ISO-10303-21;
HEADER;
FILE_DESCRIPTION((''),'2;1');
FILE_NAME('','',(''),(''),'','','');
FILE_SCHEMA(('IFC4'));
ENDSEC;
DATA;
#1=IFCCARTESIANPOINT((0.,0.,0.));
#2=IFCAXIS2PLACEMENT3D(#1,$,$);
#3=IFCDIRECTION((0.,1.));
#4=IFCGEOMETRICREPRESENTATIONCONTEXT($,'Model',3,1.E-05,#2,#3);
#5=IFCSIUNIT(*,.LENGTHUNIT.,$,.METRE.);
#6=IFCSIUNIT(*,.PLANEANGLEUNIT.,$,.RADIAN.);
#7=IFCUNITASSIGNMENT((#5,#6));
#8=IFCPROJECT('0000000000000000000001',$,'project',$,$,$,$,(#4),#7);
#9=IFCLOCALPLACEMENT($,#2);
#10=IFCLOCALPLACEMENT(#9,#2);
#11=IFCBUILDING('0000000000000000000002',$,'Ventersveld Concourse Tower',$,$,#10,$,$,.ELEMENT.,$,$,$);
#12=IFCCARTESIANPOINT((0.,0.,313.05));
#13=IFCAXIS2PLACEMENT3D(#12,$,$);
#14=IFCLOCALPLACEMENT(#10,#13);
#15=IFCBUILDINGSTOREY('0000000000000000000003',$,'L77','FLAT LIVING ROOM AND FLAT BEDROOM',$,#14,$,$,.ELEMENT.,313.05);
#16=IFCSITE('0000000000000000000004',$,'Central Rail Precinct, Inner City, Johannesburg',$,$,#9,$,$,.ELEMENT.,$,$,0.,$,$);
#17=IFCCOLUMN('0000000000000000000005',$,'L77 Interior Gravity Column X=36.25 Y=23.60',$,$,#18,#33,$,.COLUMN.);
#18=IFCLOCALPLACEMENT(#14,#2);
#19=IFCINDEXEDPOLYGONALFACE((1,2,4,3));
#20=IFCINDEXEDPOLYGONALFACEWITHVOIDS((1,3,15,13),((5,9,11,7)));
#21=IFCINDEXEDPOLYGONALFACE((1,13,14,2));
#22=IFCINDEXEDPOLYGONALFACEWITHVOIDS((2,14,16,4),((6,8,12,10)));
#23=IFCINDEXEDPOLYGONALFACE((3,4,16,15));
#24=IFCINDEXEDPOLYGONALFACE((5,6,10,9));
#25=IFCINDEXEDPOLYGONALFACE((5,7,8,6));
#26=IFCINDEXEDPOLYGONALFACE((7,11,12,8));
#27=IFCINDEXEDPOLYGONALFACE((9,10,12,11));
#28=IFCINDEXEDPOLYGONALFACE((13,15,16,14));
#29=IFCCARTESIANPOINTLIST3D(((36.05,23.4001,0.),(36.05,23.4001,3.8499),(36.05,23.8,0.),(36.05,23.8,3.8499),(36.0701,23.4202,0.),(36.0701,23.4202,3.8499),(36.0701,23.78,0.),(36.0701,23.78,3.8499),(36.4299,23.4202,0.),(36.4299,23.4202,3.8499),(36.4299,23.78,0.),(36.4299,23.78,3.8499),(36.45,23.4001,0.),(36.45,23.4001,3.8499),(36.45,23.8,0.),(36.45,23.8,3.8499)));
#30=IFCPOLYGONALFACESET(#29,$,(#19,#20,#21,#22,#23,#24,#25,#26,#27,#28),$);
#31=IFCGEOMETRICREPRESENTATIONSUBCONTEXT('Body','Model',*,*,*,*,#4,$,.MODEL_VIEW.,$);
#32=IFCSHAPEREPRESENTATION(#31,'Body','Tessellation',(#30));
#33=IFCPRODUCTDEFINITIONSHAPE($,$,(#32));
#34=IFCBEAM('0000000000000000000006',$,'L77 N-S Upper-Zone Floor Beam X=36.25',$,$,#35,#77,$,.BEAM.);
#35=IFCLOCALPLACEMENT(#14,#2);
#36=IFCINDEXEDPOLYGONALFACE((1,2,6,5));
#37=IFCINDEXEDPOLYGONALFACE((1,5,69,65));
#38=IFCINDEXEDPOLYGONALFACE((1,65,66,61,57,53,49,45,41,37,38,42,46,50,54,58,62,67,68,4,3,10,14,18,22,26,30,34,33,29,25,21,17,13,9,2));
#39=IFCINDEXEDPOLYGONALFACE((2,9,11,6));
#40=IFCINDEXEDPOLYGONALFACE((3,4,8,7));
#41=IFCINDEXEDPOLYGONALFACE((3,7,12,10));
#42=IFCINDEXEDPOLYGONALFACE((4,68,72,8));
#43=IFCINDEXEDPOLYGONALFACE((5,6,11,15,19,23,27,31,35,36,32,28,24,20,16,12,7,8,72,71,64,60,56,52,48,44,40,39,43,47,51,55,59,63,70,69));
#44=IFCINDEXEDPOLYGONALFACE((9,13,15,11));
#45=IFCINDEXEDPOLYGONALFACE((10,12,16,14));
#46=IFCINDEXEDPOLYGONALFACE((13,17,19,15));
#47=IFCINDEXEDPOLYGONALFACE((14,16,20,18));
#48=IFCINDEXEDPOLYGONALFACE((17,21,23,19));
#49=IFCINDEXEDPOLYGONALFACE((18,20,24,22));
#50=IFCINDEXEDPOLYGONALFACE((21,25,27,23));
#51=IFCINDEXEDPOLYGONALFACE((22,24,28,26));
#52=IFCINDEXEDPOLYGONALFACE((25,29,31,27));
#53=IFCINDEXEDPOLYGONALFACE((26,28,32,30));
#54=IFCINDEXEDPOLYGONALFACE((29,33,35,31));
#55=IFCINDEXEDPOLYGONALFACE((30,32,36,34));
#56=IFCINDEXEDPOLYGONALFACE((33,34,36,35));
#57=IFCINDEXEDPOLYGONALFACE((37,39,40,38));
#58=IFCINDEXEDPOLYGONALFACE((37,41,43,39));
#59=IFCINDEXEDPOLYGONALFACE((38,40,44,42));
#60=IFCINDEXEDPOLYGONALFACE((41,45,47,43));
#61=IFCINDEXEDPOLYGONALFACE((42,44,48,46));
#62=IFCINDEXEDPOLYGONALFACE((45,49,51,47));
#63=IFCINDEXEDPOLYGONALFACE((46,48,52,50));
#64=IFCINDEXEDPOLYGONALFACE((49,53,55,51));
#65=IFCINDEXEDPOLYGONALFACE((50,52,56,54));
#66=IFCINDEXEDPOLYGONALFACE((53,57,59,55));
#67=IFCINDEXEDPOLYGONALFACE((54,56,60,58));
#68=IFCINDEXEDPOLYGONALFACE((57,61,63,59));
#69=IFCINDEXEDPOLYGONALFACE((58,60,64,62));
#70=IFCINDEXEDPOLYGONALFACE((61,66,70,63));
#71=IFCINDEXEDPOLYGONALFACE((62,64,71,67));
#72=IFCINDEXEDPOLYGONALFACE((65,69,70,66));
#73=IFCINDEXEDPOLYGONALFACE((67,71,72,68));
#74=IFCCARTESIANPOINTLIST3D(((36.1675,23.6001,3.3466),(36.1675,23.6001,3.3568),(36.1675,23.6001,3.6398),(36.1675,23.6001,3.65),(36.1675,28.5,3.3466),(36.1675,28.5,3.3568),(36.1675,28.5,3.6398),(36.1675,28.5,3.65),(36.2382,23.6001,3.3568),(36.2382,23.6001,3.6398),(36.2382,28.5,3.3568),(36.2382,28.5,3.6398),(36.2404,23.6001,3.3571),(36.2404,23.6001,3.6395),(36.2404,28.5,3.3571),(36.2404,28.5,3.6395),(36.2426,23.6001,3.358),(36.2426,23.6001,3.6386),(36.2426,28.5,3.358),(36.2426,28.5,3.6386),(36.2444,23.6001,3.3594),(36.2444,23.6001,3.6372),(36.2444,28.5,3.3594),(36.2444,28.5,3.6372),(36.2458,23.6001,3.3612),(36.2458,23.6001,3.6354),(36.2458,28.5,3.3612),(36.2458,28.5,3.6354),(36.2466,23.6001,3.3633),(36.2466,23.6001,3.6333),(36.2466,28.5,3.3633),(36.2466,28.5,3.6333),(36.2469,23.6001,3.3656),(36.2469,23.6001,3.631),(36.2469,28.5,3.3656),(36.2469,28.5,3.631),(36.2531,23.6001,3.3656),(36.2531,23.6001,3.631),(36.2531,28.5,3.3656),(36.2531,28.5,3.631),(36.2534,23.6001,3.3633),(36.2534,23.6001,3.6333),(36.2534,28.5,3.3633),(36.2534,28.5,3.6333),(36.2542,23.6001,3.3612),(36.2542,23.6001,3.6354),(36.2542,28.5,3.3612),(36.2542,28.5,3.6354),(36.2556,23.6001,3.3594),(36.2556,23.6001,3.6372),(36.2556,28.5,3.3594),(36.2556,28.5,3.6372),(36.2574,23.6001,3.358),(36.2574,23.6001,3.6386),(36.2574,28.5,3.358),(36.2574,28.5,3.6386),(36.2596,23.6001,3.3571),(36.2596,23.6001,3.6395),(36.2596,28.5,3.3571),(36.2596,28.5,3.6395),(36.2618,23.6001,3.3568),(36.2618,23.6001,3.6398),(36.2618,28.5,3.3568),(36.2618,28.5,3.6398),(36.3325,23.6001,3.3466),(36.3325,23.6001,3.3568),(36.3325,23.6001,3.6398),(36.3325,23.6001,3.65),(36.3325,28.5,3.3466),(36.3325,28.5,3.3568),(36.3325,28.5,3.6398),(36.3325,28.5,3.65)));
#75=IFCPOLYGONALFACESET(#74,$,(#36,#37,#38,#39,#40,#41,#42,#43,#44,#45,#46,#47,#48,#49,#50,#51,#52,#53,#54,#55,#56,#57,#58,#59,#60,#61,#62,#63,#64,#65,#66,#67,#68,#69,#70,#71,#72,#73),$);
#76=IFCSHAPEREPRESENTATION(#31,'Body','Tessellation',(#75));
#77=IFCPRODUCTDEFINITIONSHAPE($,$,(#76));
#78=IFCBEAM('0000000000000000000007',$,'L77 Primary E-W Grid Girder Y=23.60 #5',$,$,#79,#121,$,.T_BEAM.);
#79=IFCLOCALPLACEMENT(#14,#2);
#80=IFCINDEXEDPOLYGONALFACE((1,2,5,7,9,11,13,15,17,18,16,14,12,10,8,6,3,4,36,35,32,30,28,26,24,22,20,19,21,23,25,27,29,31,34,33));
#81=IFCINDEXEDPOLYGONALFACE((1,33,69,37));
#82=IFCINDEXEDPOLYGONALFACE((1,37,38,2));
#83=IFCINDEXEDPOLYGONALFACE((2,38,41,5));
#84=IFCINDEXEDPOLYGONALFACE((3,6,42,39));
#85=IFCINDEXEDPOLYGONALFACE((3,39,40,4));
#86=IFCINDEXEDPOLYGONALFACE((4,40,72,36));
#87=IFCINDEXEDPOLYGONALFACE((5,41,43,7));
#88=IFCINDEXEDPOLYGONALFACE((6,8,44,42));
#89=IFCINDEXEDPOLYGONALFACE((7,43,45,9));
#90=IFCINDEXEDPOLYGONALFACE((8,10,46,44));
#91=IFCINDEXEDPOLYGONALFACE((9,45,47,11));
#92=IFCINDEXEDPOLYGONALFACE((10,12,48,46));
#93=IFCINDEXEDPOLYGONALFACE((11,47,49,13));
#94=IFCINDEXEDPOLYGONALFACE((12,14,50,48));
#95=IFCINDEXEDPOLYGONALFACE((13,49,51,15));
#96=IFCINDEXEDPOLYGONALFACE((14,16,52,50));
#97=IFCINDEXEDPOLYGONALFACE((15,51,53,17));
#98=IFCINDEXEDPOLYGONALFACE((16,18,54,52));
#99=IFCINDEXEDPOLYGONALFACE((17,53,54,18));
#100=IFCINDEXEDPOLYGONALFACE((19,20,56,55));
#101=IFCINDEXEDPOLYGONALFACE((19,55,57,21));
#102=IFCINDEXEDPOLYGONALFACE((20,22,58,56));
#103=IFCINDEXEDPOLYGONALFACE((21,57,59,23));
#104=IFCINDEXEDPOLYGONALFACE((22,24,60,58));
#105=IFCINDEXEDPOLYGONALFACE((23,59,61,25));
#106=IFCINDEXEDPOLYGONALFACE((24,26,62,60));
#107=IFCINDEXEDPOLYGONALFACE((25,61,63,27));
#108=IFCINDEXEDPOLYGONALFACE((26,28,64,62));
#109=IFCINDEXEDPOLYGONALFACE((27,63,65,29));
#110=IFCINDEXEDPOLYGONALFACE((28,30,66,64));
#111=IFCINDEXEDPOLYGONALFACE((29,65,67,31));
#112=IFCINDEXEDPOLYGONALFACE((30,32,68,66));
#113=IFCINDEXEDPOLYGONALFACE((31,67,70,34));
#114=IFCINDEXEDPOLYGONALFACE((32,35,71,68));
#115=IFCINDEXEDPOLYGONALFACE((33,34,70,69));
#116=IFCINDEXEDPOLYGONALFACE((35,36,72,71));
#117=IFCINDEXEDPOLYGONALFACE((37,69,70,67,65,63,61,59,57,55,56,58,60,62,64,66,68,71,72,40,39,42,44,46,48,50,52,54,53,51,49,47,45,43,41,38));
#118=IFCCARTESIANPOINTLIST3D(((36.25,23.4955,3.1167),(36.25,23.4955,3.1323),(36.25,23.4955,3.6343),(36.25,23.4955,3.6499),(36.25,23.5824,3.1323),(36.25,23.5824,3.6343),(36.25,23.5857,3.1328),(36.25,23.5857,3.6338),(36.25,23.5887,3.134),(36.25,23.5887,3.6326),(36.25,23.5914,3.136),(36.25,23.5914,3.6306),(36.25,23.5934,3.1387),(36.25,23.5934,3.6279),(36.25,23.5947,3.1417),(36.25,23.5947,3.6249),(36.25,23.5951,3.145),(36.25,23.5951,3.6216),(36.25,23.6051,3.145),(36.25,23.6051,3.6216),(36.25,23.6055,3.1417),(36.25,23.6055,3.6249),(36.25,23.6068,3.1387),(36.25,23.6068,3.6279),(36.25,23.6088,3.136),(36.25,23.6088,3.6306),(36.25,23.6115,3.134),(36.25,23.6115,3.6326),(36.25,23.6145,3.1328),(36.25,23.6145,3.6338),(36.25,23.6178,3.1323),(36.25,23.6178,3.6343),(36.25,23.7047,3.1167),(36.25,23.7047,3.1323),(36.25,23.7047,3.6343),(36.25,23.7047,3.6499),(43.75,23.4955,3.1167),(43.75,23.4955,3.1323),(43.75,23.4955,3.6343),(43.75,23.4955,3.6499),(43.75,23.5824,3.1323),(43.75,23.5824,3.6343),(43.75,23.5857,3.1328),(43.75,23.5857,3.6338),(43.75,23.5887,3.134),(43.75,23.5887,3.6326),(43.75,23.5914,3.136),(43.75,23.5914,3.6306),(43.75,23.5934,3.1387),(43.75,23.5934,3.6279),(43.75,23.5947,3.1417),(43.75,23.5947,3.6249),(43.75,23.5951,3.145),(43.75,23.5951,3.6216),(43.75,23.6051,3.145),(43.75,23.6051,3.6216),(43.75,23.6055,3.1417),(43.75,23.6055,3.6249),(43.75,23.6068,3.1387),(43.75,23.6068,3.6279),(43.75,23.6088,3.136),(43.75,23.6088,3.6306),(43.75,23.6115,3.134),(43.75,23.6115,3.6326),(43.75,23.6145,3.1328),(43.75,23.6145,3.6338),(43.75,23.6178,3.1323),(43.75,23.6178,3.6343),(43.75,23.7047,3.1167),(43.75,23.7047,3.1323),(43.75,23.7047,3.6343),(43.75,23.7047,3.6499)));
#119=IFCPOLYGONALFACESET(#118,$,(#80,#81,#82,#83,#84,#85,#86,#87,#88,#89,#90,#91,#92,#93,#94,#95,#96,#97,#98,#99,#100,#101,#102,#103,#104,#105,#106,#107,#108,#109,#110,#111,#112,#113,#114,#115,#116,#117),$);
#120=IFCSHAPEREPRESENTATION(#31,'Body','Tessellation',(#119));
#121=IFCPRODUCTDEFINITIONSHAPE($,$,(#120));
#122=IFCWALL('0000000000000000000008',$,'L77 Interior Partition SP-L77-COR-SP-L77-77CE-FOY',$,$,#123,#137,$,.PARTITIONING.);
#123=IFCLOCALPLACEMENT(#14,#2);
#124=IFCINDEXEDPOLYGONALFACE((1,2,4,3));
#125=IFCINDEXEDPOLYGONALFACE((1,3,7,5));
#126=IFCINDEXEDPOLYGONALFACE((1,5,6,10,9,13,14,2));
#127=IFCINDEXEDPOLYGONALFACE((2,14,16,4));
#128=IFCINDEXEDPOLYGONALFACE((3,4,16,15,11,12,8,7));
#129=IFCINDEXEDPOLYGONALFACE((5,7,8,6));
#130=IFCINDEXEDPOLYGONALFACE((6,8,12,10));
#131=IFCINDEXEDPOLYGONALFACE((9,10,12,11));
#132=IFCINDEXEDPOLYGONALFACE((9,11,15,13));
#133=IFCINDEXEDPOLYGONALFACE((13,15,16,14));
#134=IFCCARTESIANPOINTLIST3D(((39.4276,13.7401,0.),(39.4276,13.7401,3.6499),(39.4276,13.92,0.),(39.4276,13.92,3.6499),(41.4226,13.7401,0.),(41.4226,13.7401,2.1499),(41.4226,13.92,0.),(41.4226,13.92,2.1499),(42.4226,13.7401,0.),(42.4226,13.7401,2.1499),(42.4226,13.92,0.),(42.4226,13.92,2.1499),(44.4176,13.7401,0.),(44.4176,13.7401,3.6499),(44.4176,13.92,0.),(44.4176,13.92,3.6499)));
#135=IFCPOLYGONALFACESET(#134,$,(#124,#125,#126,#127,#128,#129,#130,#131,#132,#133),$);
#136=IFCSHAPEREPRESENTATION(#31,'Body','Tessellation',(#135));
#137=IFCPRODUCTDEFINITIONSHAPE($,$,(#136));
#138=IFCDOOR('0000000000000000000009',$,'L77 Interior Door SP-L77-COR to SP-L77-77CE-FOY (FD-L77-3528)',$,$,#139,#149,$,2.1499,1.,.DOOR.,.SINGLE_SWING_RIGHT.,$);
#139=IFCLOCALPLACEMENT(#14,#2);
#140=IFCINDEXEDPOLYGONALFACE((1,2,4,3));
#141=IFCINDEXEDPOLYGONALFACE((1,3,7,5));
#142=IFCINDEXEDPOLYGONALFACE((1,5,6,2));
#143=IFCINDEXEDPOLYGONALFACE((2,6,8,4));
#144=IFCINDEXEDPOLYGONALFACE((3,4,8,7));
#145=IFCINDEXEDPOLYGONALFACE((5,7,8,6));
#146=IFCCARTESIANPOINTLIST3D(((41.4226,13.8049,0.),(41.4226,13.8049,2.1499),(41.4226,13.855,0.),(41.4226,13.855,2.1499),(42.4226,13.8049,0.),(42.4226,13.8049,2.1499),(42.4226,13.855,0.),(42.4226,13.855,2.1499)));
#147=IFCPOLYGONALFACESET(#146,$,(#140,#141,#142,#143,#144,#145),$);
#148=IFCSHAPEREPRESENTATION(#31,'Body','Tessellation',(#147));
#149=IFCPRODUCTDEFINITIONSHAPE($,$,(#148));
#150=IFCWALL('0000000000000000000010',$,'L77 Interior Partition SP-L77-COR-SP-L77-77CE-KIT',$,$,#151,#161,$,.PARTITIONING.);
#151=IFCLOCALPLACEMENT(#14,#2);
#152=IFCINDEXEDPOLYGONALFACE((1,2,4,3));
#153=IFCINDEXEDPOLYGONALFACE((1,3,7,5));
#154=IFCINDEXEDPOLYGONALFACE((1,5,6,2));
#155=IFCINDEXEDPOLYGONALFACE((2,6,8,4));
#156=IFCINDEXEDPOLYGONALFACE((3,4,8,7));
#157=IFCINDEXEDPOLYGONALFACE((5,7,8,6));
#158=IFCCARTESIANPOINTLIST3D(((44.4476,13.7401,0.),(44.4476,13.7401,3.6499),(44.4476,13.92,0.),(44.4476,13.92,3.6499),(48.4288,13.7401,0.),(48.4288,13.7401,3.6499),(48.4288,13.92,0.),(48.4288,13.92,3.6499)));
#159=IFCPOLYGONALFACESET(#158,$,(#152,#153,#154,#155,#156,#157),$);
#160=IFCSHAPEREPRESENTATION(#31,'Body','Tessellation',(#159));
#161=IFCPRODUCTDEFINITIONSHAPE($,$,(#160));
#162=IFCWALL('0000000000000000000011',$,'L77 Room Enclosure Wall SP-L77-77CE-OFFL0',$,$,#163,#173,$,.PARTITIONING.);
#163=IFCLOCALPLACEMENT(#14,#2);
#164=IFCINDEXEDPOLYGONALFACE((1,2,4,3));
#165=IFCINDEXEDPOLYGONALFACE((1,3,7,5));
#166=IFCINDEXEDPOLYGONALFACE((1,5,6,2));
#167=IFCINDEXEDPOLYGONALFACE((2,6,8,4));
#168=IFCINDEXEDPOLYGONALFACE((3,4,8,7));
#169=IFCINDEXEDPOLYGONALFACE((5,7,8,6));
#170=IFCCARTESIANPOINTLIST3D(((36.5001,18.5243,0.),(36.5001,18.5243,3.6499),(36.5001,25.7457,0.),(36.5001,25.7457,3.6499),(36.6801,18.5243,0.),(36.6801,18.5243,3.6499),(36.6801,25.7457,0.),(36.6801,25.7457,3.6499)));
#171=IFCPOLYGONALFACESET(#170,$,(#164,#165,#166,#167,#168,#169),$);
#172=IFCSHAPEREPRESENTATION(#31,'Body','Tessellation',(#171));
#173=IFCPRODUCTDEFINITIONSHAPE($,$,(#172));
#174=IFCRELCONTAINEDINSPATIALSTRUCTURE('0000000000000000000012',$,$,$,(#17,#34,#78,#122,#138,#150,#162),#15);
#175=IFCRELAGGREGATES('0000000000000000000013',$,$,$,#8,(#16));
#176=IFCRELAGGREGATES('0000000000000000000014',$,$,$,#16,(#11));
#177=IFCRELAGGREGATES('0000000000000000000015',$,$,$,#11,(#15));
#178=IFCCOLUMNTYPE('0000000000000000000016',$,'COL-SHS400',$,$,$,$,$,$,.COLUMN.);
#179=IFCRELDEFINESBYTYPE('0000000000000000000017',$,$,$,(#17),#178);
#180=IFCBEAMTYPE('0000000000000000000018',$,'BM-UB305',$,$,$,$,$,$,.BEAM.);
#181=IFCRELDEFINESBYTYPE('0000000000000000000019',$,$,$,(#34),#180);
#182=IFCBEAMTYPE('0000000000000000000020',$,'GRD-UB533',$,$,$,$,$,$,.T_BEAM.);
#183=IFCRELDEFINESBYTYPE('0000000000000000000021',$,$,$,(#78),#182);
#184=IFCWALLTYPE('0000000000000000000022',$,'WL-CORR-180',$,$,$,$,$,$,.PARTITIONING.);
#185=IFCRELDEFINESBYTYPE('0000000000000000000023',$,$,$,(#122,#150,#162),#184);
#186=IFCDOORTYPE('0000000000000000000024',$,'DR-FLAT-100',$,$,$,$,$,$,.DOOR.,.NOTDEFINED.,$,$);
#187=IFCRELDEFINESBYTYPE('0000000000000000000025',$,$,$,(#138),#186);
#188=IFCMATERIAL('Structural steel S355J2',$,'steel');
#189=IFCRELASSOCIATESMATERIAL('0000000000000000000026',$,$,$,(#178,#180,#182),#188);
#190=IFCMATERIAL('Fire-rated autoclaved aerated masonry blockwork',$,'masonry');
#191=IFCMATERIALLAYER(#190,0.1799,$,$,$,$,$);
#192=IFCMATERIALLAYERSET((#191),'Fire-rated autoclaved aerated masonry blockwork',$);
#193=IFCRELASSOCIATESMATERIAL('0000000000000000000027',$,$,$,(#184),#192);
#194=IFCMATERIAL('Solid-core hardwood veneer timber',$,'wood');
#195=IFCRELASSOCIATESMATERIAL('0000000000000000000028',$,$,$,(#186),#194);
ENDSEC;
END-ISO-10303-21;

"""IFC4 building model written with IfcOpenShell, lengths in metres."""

from ifc_helpers import new_model, si_unit, direction, frame, frame_2d, origin, origin_2d, place, context, subcontext, project, spatial, rectangle, hollow_rectangle, i_section, extrude, material, layer, layer_set, material_profile, profile_set, type_object, element, fill, save


model = new_model("IFC4")

# Units and contexts
model_context = context("Model", 3, precision=1e-05, world=origin(), true_north=direction((0.0, 1.0)))
body_context = subcontext(model_context, "Body", "Model", "MODEL_VIEW")
ifc_project = project(units=[si_unit("LENGTHUNIT", "METRE"), si_unit("PLANEANGLEUNIT", "RADIAN")], contexts=[model_context])

# Site, building, storey
site_placement = place(None, origin())
site = spatial("IfcSite", under=ifc_project, at=site_placement, Name="Central Rail Precinct, Inner City, Johannesburg", CompositionType="ELEMENT", RefElevation=0.0)
building_placement = place(site_placement, origin())
building = spatial("IfcBuilding", under=site, at=building_placement, Name="Ventersveld Concourse Tower", CompositionType="ELEMENT")
storey_placement = place(building_placement, frame((0.0, 0.0, 313.05)))
storey = spatial("IfcBuildingStorey", under=building, at=storey_placement, Name="L77", Description="FLAT LIVING ROOM AND FLAT BEDROOM", CompositionType="ELEMENT", Elevation=313.05)

# Column
ifc_material_1 = material(Name="Structural steel S355J2", Category="steel")
ifc_material_profile_1 = material_profile(ifc_material_1, hollow_rectangle(XDim=0.3999, YDim=0.3999, WallThickness=0.02, at=origin_2d()), Name="SHS 400x400x20")
ifc_profile_set_1 = profile_set([ifc_material_profile_1], Name="Structural steel S355J2")
column_type = type_object("IfcColumnType", Name="COL-SHS400", PredefinedType="COLUMN", material=ifc_profile_set_1)
column_placement = place(storey_placement, frame((36.25, 23.6001, 0.0), z_axis=(0.0, 0.0, 1.0), x_axis=(1.0, 0.0, 0.0)))
element("IfcColumn", 1, at=column_placement, inside=storey, type_object=column_type, Name="L77 Interior Gravity Column X=36.25 Y=23.60", PredefinedType="COLUMN", context=body_context, shape_type="SweptSolid", body=[
    extrude(hollow_rectangle(XDim=0.3999, YDim=0.3999, WallThickness=0.02, at=origin_2d()), origin(), (0.0, 0.0, 1.0), 3.8499),
])

# Beams
ifc_material_profile_2 = material_profile(ifc_material_1, i_section(OverallWidth=0.165, OverallDepth=0.3035, WebThickness=0.0061, FlangeThickness=0.0103, FilletRadius=0.0088, at=origin_2d()), Name="UB 305x165x40")
ifc_profile_set_2 = profile_set([ifc_material_profile_2], Name="Structural steel S355J2")
beam_type_1 = type_object("IfcBeamType", Name="BM-UB305", PredefinedType="BEAM", material=ifc_profile_set_2)
beam_1_placement = place(storey_placement, frame((36.25, 23.6001, 3.4983), z_axis=(0.0, 1.0, 0.0), x_axis=(-1.0, 0.0, 0.0)))
element("IfcBeam", 2, at=beam_1_placement, inside=storey, type_object=beam_type_1, Name="L77 N-S Upper-Zone Floor Beam X=36.25", PredefinedType="BEAM", context=body_context, shape_type="SweptSolid", body=[
    extrude(i_section(OverallWidth=0.165, OverallDepth=0.3035, WebThickness=0.0061, FlangeThickness=0.0103, FilletRadius=0.0088, at=origin_2d()), origin(), (0.0, 0.0, 1.0), 4.8999),
])
ifc_material_profile_3 = material_profile(ifc_material_1, i_section(OverallWidth=0.2092, OverallDepth=0.5332, WebThickness=0.01, FlangeThickness=0.0156, FilletRadius=0.0127, at=origin_2d()), Name="UB 533x210x92")
ifc_profile_set_3 = profile_set([ifc_material_profile_3], Name="Structural steel S355J2")
beam_type_2 = type_object("IfcBeamType", Name="GRD-UB533", PredefinedType="T_BEAM", material=ifc_profile_set_3)
beam_2_placement = place(storey_placement, frame((36.25, 23.6001, 3.3833), z_axis=(1.0, 0.0, 0.0), x_axis=(0.0, 1.0, 0.0)))
element("IfcBeam", 3, at=beam_2_placement, inside=storey, type_object=beam_type_2, Name="L77 Primary E-W Grid Girder Y=23.60 #5", PredefinedType="T_BEAM", context=body_context, shape_type="SweptSolid", body=[
    extrude(i_section(OverallWidth=0.2092, OverallDepth=0.5332, WebThickness=0.01, FlangeThickness=0.0156, FilletRadius=0.0127, at=origin_2d()), origin(), (0.0, 0.0, 1.0), 7.5),
])

# Wall, opening, door
ifc_material_2 = material(Name="Fire-rated autoclaved aerated masonry blockwork", Category="masonry")
ifc_layer_1 = layer(ifc_material_2, 0.1799)
ifc_layer_set_1 = layer_set([ifc_layer_1], Name="Fire-rated autoclaved aerated masonry blockwork")
wall_type_1 = type_object("IfcWallType", Name="WL-CORR-180", PredefinedType="PARTITIONING", material=ifc_layer_set_1)
ifc_material_3 = material(Name="Solid-core hardwood veneer timber", Category="wood")
door_type_1 = type_object("IfcDoorType", Name="DR-FLAT-100", OperationType="NOTDEFINED", PredefinedType="DOOR", material=ifc_material_3)
wall_1_placement = place(storey_placement, frame((39.4275, 13.8301, 0.0), z_axis=(0.0, 0.0, 1.0), x_axis=(1.0, 0.0, 0.0)))
wall_1 = element("IfcWall", 4, at=wall_1_placement, inside=storey, type_object=wall_type_1, Name="L77 Interior Partition SP-L77-COR-SP-L77-77CE-FOY", PredefinedType="PARTITIONING", context=body_context, shape_type="SweptSolid", body=[
    extrude(rectangle(XDim=4.99, YDim=0.1799, at=frame_2d((2.4951, 0.0))), origin(), (0.0, 0.0, 1.0), 3.6499),
])
opening_1_placement = place(wall_1_placement, frame((1.9951, 0.0, 0.0)))
opening_1 = element("IfcOpeningElement", 5, at=opening_1_placement, cuts=wall_1, PredefinedType="OPENING", context=body_context, shape_type="SweptSolid", body=[
    extrude(rectangle(XDim=1.0, YDim=2.1499, at=frame_2d((0.5, 1.075))), frame((0.0, 0.1001, 0.0), z_axis=(0.0, -1.0, 0.0), x_axis=(1.0, 0.0, 0.0)), (0.0, 0.0, 1.0), 0.2),
])
door_1_placement = place(opening_1_placement, origin())
door_1 = element("IfcDoor", 6, at=door_1_placement, inside=storey, type_object=door_type_1, Name="L77 Interior Door SP-L77-COR to SP-L77-77CE-FOY (FD-L77-3528)", OperationType="SINGLE_SWING_RIGHT", OverallHeight=2.1499, OverallWidth=1.0, PredefinedType="DOOR", context=body_context, shape_type="SweptSolid", body=[
    extrude(rectangle(XDim=1.0, YDim=2.1499, at=frame_2d((0.5, 1.075))), frame((0.0, 0.0249, 0.0), z_axis=(0.0, -1.0, 0.0), x_axis=(1.0, 0.0, 0.0)), (0.0, 0.0, 1.0), 0.05),
])
fill(opening_1, door_1)

# Walls
wall_2_placement = place(storey_placement, frame((44.4475, 13.8301, 0.0), z_axis=(0.0, 0.0, 1.0), x_axis=(1.0, 0.0, 0.0)))
element("IfcWall", 7, at=wall_2_placement, inside=storey, type_object=wall_type_1, Name="L77 Interior Partition SP-L77-COR-SP-L77-77CE-KIT", PredefinedType="PARTITIONING", context=body_context, shape_type="SweptSolid", body=[
    extrude(rectangle(XDim=3.9812, YDim=0.1799, at=frame_2d((1.9907, 0.0))), origin(), (0.0, 0.0, 1.0), 3.6499),
])
wall_3_placement = place(storey_placement, frame((36.5901, 18.5242, 0.0), z_axis=(0.0, 0.0, 1.0), x_axis=(0.0, 1.0, 0.0)))
element("IfcWall", 8, at=wall_3_placement, inside=storey, type_object=wall_type_1, Name="L77 Room Enclosure Wall SP-L77-77CE-OFFL0", PredefinedType="PARTITIONING", context=body_context, shape_type="SweptSolid", body=[
    extrude(rectangle(XDim=7.2214, YDim=0.1799, at=frame_2d((3.6108, 0.0))), origin(), (0.0, 0.0, 1.0), 3.6499),
])

save(model, "model.ifc")
